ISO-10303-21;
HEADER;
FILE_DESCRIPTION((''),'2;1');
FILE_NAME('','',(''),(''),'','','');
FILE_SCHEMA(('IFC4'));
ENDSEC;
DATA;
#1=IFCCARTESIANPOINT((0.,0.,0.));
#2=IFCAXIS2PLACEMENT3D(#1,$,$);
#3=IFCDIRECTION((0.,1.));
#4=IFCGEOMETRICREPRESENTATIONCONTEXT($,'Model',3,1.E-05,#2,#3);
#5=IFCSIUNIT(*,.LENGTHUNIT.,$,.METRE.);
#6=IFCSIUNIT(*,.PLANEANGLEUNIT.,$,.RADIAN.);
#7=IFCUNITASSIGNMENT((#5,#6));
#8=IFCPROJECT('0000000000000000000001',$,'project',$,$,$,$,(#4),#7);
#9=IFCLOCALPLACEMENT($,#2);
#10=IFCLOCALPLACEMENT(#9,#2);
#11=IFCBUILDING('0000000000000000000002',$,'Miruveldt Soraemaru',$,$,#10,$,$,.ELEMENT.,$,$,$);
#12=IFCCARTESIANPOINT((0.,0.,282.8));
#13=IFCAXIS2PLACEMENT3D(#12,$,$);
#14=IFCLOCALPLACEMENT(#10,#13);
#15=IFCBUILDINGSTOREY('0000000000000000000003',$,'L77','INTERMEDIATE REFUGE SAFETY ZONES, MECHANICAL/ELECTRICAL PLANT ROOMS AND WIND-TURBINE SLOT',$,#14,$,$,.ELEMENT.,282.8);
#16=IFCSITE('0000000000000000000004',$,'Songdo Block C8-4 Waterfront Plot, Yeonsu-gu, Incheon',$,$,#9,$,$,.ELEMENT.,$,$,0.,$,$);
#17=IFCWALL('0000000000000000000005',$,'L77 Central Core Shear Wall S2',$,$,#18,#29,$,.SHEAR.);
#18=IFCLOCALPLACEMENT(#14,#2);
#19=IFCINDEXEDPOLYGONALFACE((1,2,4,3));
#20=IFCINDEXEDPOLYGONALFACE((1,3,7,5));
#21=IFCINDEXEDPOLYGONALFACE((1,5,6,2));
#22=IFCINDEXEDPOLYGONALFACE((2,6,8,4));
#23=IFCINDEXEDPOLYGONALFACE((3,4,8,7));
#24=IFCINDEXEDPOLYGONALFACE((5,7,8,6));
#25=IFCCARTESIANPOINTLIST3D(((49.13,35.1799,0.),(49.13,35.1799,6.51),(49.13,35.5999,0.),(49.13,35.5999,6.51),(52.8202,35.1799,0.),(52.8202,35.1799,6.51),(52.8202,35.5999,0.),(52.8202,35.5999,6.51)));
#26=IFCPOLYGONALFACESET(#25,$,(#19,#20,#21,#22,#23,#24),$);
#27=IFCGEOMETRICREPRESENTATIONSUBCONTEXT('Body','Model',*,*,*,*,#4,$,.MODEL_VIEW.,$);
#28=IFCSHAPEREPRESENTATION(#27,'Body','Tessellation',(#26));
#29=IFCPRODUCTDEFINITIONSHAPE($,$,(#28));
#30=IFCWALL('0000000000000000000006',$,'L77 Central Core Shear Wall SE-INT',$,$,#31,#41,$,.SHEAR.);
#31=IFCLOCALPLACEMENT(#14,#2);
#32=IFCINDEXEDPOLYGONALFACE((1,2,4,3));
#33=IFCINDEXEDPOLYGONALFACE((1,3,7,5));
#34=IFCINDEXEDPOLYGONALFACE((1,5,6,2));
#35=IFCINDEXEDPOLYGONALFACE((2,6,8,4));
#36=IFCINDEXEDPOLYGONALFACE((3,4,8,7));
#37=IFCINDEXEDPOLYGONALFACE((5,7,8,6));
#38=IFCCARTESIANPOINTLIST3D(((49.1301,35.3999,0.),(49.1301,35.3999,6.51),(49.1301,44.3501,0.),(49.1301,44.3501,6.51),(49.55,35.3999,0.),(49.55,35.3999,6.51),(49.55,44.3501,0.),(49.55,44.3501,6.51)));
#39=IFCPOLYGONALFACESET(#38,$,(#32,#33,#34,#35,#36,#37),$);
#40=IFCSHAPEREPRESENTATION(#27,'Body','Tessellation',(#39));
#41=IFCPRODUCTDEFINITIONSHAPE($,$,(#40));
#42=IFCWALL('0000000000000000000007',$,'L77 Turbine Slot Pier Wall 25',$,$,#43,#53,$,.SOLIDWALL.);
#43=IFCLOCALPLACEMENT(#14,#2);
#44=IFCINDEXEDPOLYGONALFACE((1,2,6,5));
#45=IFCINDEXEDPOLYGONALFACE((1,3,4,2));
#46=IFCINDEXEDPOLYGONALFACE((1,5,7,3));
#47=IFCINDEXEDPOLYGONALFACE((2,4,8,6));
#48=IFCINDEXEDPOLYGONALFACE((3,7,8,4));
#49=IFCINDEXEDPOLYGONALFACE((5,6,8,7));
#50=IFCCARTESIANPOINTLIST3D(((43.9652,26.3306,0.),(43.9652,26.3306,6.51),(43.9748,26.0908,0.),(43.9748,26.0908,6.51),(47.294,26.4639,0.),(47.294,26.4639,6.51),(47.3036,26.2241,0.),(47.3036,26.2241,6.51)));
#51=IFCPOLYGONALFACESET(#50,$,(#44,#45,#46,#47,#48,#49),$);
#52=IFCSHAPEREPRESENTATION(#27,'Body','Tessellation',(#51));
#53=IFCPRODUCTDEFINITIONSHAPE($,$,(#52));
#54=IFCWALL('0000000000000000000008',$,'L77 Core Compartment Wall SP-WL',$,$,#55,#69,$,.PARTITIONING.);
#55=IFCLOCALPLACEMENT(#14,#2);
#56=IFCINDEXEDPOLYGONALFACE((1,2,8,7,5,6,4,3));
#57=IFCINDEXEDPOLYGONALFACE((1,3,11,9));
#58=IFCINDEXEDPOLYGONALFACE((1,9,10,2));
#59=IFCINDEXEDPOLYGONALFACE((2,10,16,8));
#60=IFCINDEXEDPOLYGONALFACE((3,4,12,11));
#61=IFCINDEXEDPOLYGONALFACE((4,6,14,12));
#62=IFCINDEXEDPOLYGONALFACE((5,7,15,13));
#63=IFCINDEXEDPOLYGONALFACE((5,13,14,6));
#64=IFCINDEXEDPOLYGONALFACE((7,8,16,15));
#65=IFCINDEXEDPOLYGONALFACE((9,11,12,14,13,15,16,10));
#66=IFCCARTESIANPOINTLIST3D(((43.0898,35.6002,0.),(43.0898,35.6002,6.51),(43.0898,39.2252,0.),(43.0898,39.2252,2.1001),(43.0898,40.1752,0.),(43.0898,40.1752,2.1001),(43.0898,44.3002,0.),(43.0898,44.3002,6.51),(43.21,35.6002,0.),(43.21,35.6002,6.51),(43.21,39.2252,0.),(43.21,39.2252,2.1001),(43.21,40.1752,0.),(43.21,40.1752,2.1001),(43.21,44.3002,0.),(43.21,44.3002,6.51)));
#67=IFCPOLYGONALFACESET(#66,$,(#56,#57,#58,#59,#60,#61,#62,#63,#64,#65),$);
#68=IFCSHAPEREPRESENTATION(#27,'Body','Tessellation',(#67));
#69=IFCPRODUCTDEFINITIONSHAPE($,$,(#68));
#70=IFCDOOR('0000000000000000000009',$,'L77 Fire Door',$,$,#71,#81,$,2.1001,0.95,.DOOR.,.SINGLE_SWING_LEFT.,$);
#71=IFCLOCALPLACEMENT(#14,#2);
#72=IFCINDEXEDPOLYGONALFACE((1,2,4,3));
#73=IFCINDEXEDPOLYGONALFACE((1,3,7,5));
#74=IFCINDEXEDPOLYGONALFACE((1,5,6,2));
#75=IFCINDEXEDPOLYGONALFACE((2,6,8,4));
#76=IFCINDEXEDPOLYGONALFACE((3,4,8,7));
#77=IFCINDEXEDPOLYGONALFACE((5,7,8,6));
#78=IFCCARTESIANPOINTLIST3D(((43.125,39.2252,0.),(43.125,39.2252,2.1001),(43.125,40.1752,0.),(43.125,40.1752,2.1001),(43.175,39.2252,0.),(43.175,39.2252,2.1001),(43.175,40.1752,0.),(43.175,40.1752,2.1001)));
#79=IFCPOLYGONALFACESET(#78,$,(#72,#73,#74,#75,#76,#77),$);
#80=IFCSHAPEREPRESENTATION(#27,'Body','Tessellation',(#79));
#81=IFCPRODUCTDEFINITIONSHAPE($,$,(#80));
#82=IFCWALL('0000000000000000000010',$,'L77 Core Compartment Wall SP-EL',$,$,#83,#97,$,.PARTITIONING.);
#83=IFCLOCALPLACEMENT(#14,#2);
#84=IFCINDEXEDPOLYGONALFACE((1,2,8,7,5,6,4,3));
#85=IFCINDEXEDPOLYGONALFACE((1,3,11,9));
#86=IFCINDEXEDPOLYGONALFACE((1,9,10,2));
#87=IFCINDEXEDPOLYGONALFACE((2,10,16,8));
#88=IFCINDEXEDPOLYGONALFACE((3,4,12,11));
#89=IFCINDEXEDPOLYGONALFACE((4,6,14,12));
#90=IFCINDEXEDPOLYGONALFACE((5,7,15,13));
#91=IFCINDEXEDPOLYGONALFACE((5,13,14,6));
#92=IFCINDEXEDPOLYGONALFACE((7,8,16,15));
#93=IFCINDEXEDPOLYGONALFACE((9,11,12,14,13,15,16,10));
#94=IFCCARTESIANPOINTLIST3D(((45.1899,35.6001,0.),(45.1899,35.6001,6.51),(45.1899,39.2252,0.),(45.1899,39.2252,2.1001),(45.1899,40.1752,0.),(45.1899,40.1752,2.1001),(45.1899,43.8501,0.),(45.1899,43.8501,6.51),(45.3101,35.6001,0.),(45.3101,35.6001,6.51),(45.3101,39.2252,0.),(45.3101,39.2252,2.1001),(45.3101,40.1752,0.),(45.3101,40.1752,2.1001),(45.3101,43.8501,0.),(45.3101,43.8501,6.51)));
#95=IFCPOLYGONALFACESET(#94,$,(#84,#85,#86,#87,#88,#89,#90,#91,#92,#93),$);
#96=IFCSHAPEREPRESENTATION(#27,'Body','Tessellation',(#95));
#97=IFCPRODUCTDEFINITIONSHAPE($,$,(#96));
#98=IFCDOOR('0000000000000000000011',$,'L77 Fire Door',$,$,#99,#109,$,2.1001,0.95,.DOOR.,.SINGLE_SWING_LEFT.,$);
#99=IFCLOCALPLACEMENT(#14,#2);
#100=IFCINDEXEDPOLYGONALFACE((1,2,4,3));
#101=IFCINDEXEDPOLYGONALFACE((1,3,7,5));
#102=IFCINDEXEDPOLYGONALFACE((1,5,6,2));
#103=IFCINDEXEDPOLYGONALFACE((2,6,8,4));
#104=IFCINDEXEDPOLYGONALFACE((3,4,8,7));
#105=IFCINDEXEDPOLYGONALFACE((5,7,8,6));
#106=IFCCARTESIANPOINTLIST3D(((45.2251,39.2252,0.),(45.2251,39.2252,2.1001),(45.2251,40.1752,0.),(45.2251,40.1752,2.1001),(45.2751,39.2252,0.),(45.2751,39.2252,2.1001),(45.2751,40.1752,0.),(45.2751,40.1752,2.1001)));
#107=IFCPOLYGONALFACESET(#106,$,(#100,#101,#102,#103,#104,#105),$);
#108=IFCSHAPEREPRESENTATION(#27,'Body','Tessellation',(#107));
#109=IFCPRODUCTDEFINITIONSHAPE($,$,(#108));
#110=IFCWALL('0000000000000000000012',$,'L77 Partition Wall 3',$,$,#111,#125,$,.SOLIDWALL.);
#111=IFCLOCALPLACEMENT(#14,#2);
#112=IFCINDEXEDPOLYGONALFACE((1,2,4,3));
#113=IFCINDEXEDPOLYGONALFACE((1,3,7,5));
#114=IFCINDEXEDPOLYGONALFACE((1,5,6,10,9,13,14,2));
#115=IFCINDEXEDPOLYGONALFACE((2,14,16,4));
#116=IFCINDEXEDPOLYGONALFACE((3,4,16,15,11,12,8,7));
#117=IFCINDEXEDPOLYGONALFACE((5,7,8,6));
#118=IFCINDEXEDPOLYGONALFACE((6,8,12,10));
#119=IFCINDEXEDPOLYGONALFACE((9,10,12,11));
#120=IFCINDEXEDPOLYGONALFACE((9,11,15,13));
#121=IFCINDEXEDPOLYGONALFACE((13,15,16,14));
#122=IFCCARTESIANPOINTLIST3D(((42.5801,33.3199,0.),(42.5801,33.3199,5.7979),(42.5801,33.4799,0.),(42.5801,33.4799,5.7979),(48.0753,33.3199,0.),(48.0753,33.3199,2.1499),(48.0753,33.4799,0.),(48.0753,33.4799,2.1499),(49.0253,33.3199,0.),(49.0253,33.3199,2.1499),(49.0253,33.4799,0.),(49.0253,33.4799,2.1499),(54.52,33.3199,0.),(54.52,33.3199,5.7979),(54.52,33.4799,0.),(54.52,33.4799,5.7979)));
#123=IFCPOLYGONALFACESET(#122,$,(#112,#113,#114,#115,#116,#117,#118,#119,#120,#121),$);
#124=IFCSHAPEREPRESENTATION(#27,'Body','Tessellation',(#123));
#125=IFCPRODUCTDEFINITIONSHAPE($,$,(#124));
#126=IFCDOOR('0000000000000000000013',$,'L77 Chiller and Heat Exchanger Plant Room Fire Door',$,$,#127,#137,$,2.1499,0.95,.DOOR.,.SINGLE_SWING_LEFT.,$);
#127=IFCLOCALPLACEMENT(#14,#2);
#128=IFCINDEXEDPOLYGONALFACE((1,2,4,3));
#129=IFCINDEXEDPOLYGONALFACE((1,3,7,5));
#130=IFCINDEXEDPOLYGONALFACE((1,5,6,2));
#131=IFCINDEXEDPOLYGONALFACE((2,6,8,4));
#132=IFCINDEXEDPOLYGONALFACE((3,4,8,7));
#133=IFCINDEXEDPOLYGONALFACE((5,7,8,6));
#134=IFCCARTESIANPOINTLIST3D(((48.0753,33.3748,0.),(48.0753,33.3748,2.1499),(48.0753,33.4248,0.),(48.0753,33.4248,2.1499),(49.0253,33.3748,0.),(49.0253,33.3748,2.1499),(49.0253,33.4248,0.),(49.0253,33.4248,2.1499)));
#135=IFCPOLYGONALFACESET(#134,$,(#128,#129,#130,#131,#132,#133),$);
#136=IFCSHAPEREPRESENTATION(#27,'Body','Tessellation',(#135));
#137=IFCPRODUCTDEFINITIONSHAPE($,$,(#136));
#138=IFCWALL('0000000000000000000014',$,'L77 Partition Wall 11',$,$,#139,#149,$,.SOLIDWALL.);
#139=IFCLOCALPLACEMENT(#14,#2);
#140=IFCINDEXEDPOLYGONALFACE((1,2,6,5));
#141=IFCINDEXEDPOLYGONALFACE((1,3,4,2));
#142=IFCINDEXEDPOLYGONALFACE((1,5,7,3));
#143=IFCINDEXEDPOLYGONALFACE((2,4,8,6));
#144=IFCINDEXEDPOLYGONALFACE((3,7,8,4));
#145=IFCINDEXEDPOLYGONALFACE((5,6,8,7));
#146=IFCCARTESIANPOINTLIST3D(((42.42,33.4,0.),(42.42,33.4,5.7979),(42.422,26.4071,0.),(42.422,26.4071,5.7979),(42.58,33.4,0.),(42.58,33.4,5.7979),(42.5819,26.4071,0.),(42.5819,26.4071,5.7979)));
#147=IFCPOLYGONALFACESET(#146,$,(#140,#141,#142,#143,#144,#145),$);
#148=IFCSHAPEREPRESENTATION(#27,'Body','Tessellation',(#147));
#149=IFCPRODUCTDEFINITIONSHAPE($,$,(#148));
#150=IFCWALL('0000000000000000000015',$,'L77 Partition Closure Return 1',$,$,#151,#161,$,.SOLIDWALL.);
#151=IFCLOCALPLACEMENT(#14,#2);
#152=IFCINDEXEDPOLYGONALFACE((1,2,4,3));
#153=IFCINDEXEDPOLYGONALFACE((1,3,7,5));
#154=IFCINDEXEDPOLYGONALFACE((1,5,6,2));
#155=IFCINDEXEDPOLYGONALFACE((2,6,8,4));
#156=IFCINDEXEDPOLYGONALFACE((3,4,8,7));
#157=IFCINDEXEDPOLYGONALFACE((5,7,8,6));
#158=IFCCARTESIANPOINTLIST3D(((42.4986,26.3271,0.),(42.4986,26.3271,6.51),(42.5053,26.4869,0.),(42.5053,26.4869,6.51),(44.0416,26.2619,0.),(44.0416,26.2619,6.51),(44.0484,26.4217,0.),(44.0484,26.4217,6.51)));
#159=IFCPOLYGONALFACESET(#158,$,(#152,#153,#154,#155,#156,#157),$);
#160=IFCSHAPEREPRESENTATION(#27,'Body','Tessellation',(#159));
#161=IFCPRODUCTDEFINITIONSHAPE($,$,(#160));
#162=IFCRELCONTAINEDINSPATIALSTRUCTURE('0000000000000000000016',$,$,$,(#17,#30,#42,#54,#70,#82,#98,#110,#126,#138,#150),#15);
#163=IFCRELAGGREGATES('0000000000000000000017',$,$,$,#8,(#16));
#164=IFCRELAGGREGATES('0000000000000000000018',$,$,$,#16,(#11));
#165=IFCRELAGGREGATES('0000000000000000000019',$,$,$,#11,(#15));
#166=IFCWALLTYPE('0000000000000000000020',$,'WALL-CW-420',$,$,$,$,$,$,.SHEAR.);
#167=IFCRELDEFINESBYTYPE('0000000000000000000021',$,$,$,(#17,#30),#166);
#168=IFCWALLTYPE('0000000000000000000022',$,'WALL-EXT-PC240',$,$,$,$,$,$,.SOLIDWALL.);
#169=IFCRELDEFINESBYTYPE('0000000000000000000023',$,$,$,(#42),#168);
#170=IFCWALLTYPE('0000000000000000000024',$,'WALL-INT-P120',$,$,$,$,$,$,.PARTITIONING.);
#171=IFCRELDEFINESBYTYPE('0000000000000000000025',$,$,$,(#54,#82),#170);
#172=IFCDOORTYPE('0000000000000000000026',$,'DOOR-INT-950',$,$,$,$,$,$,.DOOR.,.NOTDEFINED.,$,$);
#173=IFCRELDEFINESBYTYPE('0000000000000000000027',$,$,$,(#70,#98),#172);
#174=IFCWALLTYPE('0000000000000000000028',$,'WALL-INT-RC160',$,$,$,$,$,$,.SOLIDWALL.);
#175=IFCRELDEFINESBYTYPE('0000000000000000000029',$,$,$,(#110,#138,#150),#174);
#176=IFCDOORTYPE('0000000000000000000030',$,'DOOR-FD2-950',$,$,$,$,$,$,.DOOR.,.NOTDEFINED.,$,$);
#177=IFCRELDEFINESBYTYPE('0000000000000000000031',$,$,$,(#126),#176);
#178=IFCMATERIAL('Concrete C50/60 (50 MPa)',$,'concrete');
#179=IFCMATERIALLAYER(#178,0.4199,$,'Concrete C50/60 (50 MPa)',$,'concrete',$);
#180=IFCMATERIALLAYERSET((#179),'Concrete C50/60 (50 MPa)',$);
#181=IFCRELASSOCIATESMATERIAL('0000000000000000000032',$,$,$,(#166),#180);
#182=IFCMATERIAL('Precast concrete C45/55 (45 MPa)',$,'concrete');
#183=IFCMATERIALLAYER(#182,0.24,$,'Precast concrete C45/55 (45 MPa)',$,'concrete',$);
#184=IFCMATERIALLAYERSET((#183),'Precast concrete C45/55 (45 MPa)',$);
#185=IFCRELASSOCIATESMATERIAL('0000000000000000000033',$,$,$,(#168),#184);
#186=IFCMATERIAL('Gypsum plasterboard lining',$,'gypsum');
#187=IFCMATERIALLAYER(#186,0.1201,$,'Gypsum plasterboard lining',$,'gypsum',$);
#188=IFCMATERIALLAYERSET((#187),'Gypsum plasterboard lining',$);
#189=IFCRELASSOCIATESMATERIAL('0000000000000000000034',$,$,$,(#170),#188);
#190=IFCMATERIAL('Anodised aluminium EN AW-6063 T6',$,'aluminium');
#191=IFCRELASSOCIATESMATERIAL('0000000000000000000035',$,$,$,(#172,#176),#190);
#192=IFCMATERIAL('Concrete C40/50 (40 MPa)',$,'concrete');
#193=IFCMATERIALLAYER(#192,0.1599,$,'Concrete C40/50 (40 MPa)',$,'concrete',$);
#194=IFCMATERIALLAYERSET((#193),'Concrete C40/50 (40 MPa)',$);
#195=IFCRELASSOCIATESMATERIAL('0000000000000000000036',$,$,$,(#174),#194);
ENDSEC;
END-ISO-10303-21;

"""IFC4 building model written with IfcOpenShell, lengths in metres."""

from ifc_helpers import new_model, si_unit, direction, frame, frame_2d, origin, place, context, subcontext, project, spatial, rectangle, extrude, material, layer, layer_set, type_object, element, fill, save


model = new_model("IFC4")

# Units and contexts
model_context = context("Model", 3, precision=1e-05, world=origin(), true_north=direction((0.0, 1.0)))
body_context = subcontext(model_context, "Body", "Model", "MODEL_VIEW")
ifc_project = project(units=[si_unit("LENGTHUNIT", "METRE"), si_unit("PLANEANGLEUNIT", "RADIAN")], contexts=[model_context])

# Site, building, storey
site_placement = place(None, origin())
site = spatial("IfcSite", under=ifc_project, at=site_placement, Name="Songdo Block C8-4 Waterfront Plot, Yeonsu-gu, Incheon", CompositionType="ELEMENT", RefElevation=0.0)
building_placement = place(site_placement, origin())
building = spatial("IfcBuilding", under=site, at=building_placement, Name="Miruveldt Soraemaru", CompositionType="ELEMENT")
storey_placement = place(building_placement, frame((0.0, 0.0, 282.8)))
storey = spatial("IfcBuildingStorey", under=building, at=storey_placement, Name="L77", Description="INTERMEDIATE REFUGE SAFETY ZONES, MECHANICAL/ELECTRICAL PLANT ROOMS AND WIND-TURBINE SLOT", CompositionType="ELEMENT", Elevation=282.8)

# Shared definitions
ifc_material_1 = material(Name="Concrete C50/60 (50 MPa)", Category="concrete")

# Shared definitions
ifc_material_2 = material(Name="Anodised aluminium EN AW-6063 T6", Category="aluminium")

# Walls
ifc_layer_1 = layer(ifc_material_1, 0.4199, Name="Concrete C50/60 (50 MPa)", Category="concrete")
ifc_layer_set_1 = layer_set([ifc_layer_1], Name="Concrete C50/60 (50 MPa)")
wall_type_1 = type_object("IfcWallType", Name="WALL-CW-420", PredefinedType="SHEAR", material=ifc_layer_set_1)
wall_1_placement = place(storey_placement, frame((49.1299, 35.3899, 0.0), z_axis=(0.0, 0.0, 1.0), x_axis=(1.0, 0.0, 0.0)))
element("IfcWall", 1, at=wall_1_placement, inside=storey, type_object=wall_type_1, Name="L77 Central Core Shear Wall S2", PredefinedType="SHEAR", context=body_context, shape_type="SweptSolid", body=[
    extrude(rectangle(XDim=3.6902, YDim=0.4199, at=frame_2d((1.8452, 0.0))), origin(), (0.0, 0.0, 1.0), 6.51),
])
wall_2_placement = place(storey_placement, frame((49.3401, 35.3999, 0.0), z_axis=(0.0, 0.0, 1.0), x_axis=(0.0, 1.0, 0.0)))
element("IfcWall", 2, at=wall_2_placement, inside=storey, type_object=wall_type_1, Name="L77 Central Core Shear Wall SE-INT", PredefinedType="SHEAR", context=body_context, shape_type="SweptSolid", body=[
    extrude(rectangle(XDim=8.9502, YDim=0.4199, at=frame_2d((4.4751, 0.0))), origin(), (0.0, 0.0, 1.0), 6.51),
])
ifc_material_3 = material(Name="Precast concrete C45/55 (45 MPa)", Category="concrete")
ifc_layer_2 = layer(ifc_material_3, 0.24, Name="Precast concrete C45/55 (45 MPa)", Category="concrete")
ifc_layer_set_2 = layer_set([ifc_layer_2], Name="Precast concrete C45/55 (45 MPa)")
wall_type_2 = type_object("IfcWallType", Name="WALL-EXT-PC240", PredefinedType="SOLIDWALL", material=ifc_layer_set_2)
wall_3_placement = place(storey_placement, frame((43.97, 26.2107, 0.0), z_axis=(0.0, 0.0, 1.0), x_axis=(0.999199, 0.040012, 0.0)))
element("IfcWall", 3, at=wall_3_placement, inside=storey, type_object=wall_type_2, Name="L77 Turbine Slot Pier Wall 25", PredefinedType="SOLIDWALL", context=body_context, shape_type="SweptSolid", body=[
    extrude(rectangle(XDim=3.3315, YDim=0.24, at=frame_2d((1.6658, 0.0))), origin(), (0.0, 0.0, 1.0), 6.51),
])

# Walls, openings, doors
ifc_material_4 = material(Name="Gypsum plasterboard lining", Category="gypsum")
ifc_layer_3 = layer(ifc_material_4, 0.1201, Name="Gypsum plasterboard lining", Category="gypsum")
ifc_layer_set_3 = layer_set([ifc_layer_3], Name="Gypsum plasterboard lining")
wall_type_3 = type_object("IfcWallType", Name="WALL-INT-P120", PredefinedType="PARTITIONING", material=ifc_layer_set_3)
wall_4_placement = place(storey_placement, frame((43.1499, 35.6001, 0.0), z_axis=(0.0, 0.0, 1.0), x_axis=(0.0, 1.0, 0.0)))
wall_4 = element("IfcWall", 4, at=wall_4_placement, inside=storey, type_object=wall_type_3, Name="L77 Core Compartment Wall SP-WL", PredefinedType="PARTITIONING", context=body_context, shape_type="SweptSolid", body=[
    extrude(rectangle(XDim=8.7, YDim=0.1201, at=frame_2d((4.3501, 0.0))), origin(), (0.0, 0.0, 1.0), 6.51),
])
opening_1_placement = place(wall_4_placement, frame((3.625, 0.0, 0.0)))
opening_1 = element("IfcOpeningElement", 5, at=opening_1_placement, cuts=wall_4, PredefinedType="OPENING", context=body_context, shape_type="SweptSolid", body=[
    extrude(rectangle(XDim=0.95, YDim=2.1001, at=frame_2d((0.4751, 1.05))), frame((0.0, 0.0701, 0.0), z_axis=(0.0, -1.0, 0.0), x_axis=(1.0, 0.0, 0.0)), (0.0, 0.0, 1.0), 0.1401),
])
door_type_1 = type_object("IfcDoorType", Name="DOOR-INT-950", OperationType="NOTDEFINED", PredefinedType="DOOR", material=ifc_material_2)
door_1_placement = place(opening_1_placement, origin())
door_1 = element("IfcDoor", 6, at=door_1_placement, inside=storey, type_object=door_type_1, Name="L77 Fire Door", OperationType="SINGLE_SWING_LEFT", OverallHeight=2.1001, OverallWidth=0.95, PredefinedType="DOOR", context=body_context, shape_type="SweptSolid", body=[
    extrude(rectangle(XDim=0.95, YDim=2.1001, at=frame_2d((0.4751, 1.05))), frame((0.0, 0.0249, 0.0), z_axis=(0.0, -1.0, 0.0), x_axis=(1.0, 0.0, 0.0)), (0.0, 0.0, 1.0), 0.05),
])
fill(opening_1, door_1)
wall_5_placement = place(storey_placement, frame((45.25, 35.6001, 0.0), z_axis=(0.0, 0.0, 1.0), x_axis=(0.0, 1.0, 0.0)))
wall_5 = element("IfcWall", 7, at=wall_5_placement, inside=storey, type_object=wall_type_3, Name="L77 Core Compartment Wall SP-EL", PredefinedType="PARTITIONING", context=body_context, shape_type="SweptSolid", body=[
    extrude(rectangle(XDim=8.25, YDim=0.1201, at=frame_2d((4.125, 0.0))), origin(), (0.0, 0.0, 1.0), 6.51),
])
opening_2_placement = place(wall_5_placement, frame((3.625, 0.0, 0.0)))
opening_2 = element("IfcOpeningElement", 8, at=opening_2_placement, cuts=wall_5, PredefinedType="OPENING", context=body_context, shape_type="SweptSolid", body=[
    extrude(rectangle(XDim=0.95, YDim=2.1001, at=frame_2d((0.4751, 1.05))), frame((0.0, 0.0701, 0.0), z_axis=(0.0, -1.0, 0.0), x_axis=(1.0, 0.0, 0.0)), (0.0, 0.0, 1.0), 0.1401),
])
door_2_placement = place(opening_2_placement, origin())
door_2 = element("IfcDoor", 9, at=door_2_placement, inside=storey, type_object=door_type_1, Name="L77 Fire Door", OperationType="SINGLE_SWING_LEFT", OverallHeight=2.1001, OverallWidth=0.95, PredefinedType="DOOR", context=body_context, shape_type="SweptSolid", body=[
    extrude(rectangle(XDim=0.95, YDim=2.1001, at=frame_2d((0.4751, 1.05))), frame((0.0, 0.0249, 0.0), z_axis=(0.0, -1.0, 0.0), x_axis=(1.0, 0.0, 0.0)), (0.0, 0.0, 1.0), 0.05),
])
fill(opening_2, door_2)
ifc_material_5 = material(Name="Concrete C40/50 (40 MPa)", Category="concrete")
ifc_layer_4 = layer(ifc_material_5, 0.1599, Name="Concrete C40/50 (40 MPa)", Category="concrete")
ifc_layer_set_4 = layer_set([ifc_layer_4], Name="Concrete C40/50 (40 MPa)")
wall_type_4 = type_object("IfcWallType", Name="WALL-INT-RC160", PredefinedType="SOLIDWALL", material=ifc_layer_set_4)
wall_6_placement = place(storey_placement, frame((42.5801, 33.3999, 0.0), z_axis=(0.0, 0.0, 1.0), x_axis=(1.0, 0.0, 0.0)))
wall_6 = element("IfcWall", 10, at=wall_6_placement, inside=storey, type_object=wall_type_4, Name="L77 Partition Wall 3", PredefinedType="SOLIDWALL", context=body_context, shape_type="SweptSolid", body=[
    extrude(rectangle(XDim=11.9399, YDim=0.1599, at=frame_2d((5.97, 0.0))), origin(), (0.0, 0.0, 1.0), 5.7979),
])
opening_3_placement = place(wall_6_placement, frame((5.4951, 0.0, 0.0)))
opening_3 = element("IfcOpeningElement", 11, at=opening_3_placement, cuts=wall_6, PredefinedType="OPENING", context=body_context, shape_type="SweptSolid", body=[
    extrude(rectangle(XDim=0.95, YDim=2.1499, at=frame_2d((0.4751, 1.075))), frame((0.0, 0.0898, 0.0), z_axis=(0.0, -1.0, 0.0), x_axis=(1.0, 0.0, 0.0)), (0.0, 0.0, 1.0), 0.1799),
])
door_type_2 = type_object("IfcDoorType", Name="DOOR-FD2-950", OperationType="NOTDEFINED", PredefinedType="DOOR", material=ifc_material_2)
door_3_placement = place(opening_3_placement, origin())
door_3 = element("IfcDoor", 12, at=door_3_placement, inside=storey, type_object=door_type_2, Name="L77 Chiller and Heat Exchanger Plant Room Fire Door", OperationType="SINGLE_SWING_LEFT", OverallHeight=2.1499, OverallWidth=0.95, PredefinedType="DOOR", context=body_context, shape_type="SweptSolid", body=[
    extrude(rectangle(XDim=0.95, YDim=2.1499, at=frame_2d((0.4751, 1.075))), frame((0.0, 0.0249, 0.0), z_axis=(0.0, -1.0, 0.0), x_axis=(1.0, 0.0, 0.0)), (0.0, 0.0, 1.0), 0.05),
])
fill(opening_3, door_3)

# Walls
wall_7_placement = place(storey_placement, frame((42.502, 26.407, 0.0), z_axis=(0.0, 0.0, 1.0), x_axis=(-0.000279, 1.0, 0.0)))
element("IfcWall", 13, at=wall_7_placement, inside=storey, type_object=wall_type_4, Name="L77 Partition Wall 11", PredefinedType="SOLIDWALL", context=body_context, shape_type="SweptSolid", body=[
    extrude(rectangle(XDim=6.9929, YDim=0.1599, at=frame_2d((3.4966, 0.0))), origin(), (0.0, 0.0, 1.0), 5.7979),
])
wall_8_placement = place(storey_placement, frame((42.502, 26.407, 0.0), z_axis=(0.0, 0.0, 1.0), x_axis=(0.999109, -0.042209, 0.0)))
element("IfcWall", 14, at=wall_8_placement, inside=storey, type_object=wall_type_4, Name="L77 Partition Closure Return 1", PredefinedType="SOLIDWALL", context=body_context, shape_type="SweptSolid", body=[
    extrude(rectangle(XDim=1.5444, YDim=0.1599, at=frame_2d((0.7722, 0.0))), origin(), (0.0, 0.0, 1.0), 6.51),
])

save(model, "model.ifc")
